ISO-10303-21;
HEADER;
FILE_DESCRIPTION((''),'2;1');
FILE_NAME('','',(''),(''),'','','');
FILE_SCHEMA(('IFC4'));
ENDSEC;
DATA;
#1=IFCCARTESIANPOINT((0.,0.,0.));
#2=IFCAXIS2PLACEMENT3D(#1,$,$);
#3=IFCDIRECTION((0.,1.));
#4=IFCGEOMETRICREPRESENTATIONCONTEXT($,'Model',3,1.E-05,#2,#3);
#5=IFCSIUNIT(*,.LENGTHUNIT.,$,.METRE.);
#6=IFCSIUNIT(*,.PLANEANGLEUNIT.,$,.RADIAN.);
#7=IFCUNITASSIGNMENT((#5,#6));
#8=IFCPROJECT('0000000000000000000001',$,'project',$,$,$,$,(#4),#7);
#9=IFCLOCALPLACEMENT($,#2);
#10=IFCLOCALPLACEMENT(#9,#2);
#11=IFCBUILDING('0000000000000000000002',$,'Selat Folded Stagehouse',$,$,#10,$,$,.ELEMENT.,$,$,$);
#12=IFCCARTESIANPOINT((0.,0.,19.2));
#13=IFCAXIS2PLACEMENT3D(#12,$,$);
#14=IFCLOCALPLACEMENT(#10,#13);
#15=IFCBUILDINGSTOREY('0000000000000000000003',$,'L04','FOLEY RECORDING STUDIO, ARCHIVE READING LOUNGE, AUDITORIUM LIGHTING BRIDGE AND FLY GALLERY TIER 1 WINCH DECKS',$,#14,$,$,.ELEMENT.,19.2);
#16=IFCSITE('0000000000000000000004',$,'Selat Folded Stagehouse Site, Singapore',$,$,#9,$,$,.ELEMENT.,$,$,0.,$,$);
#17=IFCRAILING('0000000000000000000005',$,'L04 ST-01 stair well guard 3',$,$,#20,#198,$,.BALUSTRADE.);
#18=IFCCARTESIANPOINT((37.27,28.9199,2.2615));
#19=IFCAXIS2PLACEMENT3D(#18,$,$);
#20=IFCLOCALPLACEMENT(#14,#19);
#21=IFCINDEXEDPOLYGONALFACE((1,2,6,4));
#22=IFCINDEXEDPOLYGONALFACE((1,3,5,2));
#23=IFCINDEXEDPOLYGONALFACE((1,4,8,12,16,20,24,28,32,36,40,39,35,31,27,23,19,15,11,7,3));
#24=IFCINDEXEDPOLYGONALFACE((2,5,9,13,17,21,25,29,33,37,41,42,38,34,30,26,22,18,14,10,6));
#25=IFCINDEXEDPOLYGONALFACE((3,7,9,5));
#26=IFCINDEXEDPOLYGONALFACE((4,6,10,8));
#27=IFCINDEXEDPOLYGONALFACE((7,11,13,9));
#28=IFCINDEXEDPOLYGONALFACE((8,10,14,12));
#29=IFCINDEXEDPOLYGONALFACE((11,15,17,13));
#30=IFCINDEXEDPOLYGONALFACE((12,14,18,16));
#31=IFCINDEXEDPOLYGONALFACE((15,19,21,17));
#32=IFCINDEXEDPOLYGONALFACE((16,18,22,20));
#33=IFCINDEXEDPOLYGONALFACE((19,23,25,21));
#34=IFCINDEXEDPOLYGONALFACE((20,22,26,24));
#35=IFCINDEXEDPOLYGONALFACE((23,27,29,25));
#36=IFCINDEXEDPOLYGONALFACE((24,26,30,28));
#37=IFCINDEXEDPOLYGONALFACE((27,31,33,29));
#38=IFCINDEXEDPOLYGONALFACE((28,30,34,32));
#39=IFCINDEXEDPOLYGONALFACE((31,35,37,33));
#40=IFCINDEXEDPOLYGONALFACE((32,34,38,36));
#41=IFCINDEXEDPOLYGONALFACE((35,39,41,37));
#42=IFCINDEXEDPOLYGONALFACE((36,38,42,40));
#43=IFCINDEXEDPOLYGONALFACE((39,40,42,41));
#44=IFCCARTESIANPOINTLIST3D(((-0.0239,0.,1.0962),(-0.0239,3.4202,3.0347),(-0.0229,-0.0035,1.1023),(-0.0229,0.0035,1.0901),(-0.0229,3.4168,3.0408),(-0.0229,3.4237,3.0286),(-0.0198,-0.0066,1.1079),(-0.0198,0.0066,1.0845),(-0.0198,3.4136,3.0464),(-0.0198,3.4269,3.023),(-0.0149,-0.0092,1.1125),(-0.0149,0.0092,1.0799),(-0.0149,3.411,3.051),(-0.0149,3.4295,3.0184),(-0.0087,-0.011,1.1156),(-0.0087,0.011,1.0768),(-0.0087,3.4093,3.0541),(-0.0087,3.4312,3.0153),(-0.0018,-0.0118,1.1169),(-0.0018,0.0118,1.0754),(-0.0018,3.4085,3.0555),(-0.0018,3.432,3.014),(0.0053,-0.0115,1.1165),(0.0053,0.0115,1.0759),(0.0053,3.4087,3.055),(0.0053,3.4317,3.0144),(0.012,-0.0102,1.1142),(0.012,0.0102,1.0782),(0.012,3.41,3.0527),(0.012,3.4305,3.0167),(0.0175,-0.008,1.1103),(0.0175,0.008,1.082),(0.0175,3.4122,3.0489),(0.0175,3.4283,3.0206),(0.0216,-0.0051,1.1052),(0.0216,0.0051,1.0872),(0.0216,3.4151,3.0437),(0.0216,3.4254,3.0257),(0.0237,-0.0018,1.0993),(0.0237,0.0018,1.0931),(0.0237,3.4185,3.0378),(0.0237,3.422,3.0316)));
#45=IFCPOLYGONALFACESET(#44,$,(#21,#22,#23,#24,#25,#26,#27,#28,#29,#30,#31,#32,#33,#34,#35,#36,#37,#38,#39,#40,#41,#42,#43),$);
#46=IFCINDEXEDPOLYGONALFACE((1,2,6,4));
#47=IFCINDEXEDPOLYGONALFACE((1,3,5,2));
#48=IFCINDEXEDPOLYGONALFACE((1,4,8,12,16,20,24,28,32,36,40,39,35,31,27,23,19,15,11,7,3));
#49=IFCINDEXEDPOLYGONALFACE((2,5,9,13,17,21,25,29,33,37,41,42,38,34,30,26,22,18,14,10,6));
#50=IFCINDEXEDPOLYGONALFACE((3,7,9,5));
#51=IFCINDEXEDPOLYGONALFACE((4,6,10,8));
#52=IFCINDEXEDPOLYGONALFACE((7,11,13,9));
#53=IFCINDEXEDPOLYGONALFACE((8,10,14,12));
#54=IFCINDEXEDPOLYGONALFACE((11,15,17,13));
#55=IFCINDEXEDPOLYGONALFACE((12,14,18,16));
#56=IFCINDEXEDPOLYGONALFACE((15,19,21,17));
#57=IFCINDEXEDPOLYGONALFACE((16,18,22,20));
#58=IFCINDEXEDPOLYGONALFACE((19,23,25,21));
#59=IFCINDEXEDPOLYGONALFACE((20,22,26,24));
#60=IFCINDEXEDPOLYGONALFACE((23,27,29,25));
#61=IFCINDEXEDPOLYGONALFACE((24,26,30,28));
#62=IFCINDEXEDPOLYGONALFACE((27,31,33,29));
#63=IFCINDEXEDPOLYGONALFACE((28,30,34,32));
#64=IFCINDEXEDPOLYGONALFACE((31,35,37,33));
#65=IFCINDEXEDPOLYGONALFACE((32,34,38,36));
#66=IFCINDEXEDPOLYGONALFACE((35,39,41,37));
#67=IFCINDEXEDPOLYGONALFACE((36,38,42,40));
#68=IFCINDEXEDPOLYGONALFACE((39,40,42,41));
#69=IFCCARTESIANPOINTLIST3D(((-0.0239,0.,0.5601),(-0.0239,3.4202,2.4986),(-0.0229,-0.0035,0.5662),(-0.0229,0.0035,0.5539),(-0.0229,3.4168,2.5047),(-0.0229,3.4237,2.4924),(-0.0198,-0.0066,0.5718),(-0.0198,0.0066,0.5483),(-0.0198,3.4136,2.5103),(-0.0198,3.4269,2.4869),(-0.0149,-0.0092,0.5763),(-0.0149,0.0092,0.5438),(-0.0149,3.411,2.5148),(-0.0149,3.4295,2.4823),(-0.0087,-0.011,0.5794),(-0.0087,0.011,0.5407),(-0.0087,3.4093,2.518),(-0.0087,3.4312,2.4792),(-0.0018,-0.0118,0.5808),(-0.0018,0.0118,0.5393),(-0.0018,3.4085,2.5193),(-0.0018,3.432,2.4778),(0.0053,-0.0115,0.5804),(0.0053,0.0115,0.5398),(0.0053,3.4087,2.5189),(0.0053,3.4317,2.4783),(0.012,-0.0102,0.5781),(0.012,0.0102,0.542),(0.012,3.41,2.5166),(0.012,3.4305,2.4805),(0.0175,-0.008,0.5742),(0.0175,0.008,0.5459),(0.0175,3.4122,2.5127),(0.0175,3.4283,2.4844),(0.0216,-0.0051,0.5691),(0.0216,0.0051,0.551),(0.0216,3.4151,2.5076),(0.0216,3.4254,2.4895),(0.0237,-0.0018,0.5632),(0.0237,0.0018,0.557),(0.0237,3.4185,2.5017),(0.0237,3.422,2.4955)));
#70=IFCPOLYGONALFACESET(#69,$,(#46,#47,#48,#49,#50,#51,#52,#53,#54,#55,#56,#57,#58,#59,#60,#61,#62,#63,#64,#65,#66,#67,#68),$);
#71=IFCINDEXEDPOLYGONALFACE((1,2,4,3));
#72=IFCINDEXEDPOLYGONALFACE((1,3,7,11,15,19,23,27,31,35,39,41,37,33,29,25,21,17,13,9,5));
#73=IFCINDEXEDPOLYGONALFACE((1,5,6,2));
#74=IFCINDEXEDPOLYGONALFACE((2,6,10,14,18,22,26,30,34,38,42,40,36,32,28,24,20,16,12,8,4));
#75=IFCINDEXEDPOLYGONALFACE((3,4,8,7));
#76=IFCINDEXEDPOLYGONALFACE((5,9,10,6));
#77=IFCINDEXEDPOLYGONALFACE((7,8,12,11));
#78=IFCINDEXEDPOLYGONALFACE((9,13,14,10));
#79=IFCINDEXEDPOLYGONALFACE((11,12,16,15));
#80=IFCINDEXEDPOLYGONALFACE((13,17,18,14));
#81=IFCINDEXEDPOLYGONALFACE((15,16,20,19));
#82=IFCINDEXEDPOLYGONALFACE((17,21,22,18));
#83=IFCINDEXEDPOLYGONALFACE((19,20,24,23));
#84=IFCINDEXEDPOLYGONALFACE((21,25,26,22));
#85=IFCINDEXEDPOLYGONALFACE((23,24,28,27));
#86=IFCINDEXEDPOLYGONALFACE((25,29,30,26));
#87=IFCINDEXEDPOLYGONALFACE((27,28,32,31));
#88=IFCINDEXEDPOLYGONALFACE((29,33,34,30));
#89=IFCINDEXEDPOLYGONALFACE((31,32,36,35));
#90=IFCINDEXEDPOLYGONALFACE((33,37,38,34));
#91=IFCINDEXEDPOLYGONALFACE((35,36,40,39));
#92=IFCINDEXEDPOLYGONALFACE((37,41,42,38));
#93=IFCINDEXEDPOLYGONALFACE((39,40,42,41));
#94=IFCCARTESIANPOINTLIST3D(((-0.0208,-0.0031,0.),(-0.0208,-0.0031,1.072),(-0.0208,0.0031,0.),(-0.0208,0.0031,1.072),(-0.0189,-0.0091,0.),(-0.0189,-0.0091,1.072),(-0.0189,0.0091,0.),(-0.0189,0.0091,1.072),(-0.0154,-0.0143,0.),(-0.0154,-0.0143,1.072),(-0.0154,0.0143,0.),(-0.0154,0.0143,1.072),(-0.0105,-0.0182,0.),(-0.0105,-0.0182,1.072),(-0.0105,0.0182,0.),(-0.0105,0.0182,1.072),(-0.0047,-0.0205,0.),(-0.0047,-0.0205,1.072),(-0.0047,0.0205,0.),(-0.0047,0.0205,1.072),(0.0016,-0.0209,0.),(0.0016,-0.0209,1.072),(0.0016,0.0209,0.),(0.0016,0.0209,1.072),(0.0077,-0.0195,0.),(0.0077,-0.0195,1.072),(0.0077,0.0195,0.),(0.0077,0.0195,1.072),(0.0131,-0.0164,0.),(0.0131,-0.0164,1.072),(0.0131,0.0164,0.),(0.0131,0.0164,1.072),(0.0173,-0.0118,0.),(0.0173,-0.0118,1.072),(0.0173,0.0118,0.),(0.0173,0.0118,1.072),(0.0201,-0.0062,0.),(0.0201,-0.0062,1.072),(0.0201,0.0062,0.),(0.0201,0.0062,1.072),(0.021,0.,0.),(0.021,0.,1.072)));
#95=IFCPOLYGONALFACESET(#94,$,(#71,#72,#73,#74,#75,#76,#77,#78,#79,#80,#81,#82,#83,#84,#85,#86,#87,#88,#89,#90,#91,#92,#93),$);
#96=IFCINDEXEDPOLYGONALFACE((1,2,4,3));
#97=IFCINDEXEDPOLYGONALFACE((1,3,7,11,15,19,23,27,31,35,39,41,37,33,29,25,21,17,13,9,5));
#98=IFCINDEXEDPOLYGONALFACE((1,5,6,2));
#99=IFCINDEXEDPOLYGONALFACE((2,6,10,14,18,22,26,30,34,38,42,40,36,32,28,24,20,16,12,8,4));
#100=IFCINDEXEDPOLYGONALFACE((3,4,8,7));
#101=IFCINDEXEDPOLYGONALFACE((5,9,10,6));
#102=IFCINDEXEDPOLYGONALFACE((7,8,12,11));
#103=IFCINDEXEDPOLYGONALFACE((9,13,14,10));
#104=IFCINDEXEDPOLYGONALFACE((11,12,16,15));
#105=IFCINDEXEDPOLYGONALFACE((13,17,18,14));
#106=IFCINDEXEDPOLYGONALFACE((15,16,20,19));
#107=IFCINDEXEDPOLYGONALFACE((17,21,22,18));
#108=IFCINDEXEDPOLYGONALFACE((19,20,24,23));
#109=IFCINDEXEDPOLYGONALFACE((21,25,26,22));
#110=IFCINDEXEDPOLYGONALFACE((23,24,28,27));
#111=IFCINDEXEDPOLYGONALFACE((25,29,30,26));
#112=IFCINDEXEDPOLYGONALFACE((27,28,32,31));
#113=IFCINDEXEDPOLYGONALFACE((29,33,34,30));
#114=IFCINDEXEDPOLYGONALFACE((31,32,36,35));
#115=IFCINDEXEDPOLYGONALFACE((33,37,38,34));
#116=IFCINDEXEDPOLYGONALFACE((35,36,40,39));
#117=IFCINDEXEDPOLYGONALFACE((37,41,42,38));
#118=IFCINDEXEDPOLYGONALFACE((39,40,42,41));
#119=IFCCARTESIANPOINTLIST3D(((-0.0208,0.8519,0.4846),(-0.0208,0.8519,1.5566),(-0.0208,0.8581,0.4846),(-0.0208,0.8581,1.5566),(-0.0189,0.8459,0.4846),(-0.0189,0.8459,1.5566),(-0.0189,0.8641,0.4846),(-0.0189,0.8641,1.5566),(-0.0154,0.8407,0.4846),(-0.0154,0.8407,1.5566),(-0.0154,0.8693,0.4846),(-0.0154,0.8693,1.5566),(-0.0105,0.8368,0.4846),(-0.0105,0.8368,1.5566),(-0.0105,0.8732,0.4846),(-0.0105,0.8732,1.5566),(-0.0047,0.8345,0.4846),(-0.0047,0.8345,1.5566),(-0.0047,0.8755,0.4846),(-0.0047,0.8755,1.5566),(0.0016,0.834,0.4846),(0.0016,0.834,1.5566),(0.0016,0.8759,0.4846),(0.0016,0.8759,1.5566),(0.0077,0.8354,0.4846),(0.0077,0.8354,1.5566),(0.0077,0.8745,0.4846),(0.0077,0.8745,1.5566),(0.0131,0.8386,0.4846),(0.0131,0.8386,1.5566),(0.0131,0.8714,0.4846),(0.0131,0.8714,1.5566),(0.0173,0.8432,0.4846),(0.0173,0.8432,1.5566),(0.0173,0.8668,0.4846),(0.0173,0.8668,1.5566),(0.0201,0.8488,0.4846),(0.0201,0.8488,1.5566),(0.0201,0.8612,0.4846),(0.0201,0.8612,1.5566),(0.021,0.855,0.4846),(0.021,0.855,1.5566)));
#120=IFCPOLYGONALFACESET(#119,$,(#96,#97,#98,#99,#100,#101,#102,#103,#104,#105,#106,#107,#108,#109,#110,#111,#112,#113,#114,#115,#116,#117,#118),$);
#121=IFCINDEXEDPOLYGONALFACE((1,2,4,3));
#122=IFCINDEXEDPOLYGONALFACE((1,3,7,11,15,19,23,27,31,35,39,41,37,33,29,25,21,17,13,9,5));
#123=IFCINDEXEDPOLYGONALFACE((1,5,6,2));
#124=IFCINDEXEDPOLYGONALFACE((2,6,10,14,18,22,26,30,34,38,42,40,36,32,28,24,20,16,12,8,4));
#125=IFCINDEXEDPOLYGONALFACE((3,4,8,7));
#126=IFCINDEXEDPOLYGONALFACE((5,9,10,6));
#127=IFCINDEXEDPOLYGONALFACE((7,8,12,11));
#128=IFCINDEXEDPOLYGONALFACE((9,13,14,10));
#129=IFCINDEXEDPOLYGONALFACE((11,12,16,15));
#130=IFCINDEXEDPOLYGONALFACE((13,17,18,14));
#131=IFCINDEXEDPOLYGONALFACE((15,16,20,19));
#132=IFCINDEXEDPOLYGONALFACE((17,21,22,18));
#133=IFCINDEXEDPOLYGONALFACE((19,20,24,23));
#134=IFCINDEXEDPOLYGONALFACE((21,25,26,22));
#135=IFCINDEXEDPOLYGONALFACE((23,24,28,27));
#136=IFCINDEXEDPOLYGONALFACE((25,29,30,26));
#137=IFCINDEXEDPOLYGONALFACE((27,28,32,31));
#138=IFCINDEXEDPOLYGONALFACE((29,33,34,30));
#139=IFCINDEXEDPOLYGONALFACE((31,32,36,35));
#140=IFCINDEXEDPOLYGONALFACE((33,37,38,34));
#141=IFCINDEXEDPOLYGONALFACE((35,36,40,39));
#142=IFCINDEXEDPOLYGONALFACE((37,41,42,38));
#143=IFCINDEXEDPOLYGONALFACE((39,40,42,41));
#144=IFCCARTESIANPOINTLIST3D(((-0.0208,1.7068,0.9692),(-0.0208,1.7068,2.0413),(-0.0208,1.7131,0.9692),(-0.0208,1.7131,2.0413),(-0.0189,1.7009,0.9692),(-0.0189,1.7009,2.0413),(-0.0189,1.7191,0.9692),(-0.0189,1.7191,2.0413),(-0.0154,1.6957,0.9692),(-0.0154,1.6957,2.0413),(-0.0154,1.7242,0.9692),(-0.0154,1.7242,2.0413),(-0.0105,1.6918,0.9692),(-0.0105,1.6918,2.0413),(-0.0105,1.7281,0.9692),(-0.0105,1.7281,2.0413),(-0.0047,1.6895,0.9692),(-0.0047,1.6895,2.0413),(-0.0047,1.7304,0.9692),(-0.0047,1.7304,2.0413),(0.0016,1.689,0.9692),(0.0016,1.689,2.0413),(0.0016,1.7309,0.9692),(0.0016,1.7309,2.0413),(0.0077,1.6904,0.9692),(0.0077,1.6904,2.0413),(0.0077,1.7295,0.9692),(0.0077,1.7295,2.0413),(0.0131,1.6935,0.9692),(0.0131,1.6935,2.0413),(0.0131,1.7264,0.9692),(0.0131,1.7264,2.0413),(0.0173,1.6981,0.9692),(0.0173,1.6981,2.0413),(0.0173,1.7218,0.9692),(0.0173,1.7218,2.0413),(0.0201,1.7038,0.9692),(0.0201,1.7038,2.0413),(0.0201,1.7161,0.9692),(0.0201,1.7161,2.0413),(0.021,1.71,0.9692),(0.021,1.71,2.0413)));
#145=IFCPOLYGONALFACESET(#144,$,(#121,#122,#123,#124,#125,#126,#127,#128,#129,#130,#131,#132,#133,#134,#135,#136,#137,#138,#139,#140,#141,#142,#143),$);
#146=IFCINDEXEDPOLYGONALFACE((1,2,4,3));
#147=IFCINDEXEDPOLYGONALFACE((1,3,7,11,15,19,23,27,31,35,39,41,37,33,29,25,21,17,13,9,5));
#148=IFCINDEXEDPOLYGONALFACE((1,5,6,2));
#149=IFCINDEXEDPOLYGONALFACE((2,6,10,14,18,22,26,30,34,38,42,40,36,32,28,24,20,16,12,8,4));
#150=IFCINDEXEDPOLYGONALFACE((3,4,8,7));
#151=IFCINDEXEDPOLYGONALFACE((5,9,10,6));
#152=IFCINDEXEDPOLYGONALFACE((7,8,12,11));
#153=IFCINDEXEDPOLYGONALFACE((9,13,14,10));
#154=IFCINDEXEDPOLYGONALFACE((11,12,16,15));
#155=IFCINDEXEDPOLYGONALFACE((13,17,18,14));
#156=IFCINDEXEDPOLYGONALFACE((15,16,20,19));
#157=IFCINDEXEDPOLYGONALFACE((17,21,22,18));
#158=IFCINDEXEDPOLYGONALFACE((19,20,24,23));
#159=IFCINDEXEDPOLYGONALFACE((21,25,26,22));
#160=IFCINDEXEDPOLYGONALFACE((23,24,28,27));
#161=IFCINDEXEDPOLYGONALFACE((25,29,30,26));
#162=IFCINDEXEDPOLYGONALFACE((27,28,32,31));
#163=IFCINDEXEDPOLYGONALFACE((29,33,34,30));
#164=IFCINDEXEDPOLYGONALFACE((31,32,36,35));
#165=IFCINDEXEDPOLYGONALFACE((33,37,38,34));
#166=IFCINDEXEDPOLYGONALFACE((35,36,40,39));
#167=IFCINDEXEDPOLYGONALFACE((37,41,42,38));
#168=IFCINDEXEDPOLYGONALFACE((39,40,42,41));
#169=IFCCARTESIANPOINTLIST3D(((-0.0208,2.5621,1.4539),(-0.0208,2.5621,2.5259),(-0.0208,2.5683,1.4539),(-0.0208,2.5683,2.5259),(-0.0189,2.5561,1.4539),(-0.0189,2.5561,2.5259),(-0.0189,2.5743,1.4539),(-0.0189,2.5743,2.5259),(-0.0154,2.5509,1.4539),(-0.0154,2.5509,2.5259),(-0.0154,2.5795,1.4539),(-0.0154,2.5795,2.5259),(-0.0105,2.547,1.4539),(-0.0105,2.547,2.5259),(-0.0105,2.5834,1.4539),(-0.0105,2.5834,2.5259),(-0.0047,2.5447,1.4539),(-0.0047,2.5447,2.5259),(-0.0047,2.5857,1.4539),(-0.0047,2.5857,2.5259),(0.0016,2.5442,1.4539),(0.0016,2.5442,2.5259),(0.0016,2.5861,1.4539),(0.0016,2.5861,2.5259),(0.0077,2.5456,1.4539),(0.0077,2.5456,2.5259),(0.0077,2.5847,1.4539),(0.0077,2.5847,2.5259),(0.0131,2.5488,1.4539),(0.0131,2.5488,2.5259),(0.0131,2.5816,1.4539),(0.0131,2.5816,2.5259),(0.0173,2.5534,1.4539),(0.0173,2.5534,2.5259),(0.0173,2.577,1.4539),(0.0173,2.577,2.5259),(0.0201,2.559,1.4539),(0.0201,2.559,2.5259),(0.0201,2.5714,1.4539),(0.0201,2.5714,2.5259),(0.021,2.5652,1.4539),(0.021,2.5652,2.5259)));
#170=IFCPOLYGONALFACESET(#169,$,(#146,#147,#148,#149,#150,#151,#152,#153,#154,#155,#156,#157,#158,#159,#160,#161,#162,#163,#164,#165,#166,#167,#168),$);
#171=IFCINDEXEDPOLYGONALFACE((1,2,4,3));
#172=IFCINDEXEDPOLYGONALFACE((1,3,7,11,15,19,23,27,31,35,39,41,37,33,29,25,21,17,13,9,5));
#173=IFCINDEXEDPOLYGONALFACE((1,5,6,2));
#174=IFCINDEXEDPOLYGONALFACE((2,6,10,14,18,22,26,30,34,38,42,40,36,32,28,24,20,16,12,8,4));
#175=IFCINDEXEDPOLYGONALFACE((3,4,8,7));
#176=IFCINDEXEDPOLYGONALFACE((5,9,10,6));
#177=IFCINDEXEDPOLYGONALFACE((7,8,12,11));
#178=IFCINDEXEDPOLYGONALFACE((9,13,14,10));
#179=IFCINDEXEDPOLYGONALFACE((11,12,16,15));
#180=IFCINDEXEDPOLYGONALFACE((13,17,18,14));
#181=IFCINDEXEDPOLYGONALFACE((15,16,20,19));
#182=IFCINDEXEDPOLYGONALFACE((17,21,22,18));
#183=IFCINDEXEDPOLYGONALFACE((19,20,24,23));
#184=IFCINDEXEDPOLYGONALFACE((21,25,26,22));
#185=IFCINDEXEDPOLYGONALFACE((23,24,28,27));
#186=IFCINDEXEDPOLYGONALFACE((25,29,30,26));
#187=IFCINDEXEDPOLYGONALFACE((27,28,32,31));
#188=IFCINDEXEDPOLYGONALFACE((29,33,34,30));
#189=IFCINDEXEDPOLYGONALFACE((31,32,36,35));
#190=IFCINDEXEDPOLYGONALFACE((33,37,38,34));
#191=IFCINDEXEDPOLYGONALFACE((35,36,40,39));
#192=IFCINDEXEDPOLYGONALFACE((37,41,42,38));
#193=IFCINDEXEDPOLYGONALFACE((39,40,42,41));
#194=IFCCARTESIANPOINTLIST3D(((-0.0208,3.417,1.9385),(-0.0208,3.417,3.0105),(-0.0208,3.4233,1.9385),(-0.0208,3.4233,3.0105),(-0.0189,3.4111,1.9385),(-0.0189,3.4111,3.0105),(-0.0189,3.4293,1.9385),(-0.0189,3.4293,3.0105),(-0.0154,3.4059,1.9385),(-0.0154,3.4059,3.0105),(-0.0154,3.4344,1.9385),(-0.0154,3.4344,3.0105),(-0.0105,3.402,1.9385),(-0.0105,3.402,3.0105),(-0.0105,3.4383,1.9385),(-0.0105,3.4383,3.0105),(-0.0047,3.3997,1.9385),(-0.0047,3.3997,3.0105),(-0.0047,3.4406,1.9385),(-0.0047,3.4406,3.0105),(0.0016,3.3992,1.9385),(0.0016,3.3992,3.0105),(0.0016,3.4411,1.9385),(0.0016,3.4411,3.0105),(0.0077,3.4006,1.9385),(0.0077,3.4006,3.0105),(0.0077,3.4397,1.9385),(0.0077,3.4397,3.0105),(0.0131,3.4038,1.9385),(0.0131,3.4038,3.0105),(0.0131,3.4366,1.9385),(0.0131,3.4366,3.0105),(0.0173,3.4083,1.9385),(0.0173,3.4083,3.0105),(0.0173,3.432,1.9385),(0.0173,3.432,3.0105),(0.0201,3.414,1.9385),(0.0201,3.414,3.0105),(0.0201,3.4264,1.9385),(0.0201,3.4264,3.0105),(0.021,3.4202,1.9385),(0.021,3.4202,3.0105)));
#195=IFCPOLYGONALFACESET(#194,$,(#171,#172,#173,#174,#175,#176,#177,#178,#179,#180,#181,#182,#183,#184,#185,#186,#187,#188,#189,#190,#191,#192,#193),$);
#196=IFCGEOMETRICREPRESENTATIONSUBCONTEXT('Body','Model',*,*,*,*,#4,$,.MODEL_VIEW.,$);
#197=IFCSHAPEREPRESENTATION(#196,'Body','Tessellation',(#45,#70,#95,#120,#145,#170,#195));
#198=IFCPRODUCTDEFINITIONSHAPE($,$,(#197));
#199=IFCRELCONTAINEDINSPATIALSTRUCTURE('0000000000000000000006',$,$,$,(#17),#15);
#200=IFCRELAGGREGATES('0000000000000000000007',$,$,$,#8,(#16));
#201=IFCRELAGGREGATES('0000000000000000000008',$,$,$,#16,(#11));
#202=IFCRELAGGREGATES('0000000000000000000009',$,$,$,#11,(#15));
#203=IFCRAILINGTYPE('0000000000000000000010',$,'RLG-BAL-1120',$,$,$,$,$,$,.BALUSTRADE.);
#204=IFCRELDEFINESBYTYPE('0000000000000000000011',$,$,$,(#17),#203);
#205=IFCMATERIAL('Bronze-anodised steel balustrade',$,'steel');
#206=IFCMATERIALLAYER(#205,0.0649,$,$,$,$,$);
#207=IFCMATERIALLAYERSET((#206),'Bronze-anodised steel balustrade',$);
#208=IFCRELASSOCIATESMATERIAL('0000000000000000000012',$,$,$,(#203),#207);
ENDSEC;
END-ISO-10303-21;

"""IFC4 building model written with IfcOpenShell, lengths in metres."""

from ifc_helpers import new_model, si_unit, direction, frame, origin, origin_2d, place, context, subcontext, project, spatial, circle, extrude, material, layer, layer_set, type_object, element, save


model = new_model("IFC4")

# Units and contexts
model_context = context("Model", 3, precision=1e-05, world=origin(), true_north=direction((0.0, 1.0)))
body_context = subcontext(model_context, "Body", "Model", "MODEL_VIEW")
ifc_project = project(units=[si_unit("LENGTHUNIT", "METRE"), si_unit("PLANEANGLEUNIT", "RADIAN")], contexts=[model_context])

# Site, building, storey
site_placement = place(None, origin())
site = spatial("IfcSite", under=ifc_project, at=site_placement, Name="Selat Folded Stagehouse Site, Singapore", CompositionType="ELEMENT", RefElevation=0.0)
building_placement = place(site_placement, origin())
building = spatial("IfcBuilding", under=site, at=building_placement, Name="Selat Folded Stagehouse", CompositionType="ELEMENT")
storey_placement = place(building_placement, frame((0.0, 0.0, 19.2)))
storey = spatial("IfcBuildingStorey", under=building, at=storey_placement, Name="L04", Description="FOLEY RECORDING STUDIO, ARCHIVE READING LOUNGE, AUDITORIUM LIGHTING BRIDGE AND FLY GALLERY TIER 1 WINCH DECKS", CompositionType="ELEMENT", Elevation=19.2)

# Railing
ifc_material_1 = material(Name="Bronze-anodised steel balustrade", Category="steel")
ifc_layer_1 = layer(ifc_material_1, 0.0649)
ifc_layer_set_1 = layer_set([ifc_layer_1], Name="Bronze-anodised steel balustrade")
railing_type_1 = type_object("IfcRailingType", Name="RLG-BAL-1120", PredefinedType="BALUSTRADE", material=ifc_layer_set_1)
railing_1_placement = place(storey_placement, frame((37.27, 28.9199, 2.2615)))
element("IfcRailing", 1, at=railing_1_placement, inside=storey, type_object=railing_type_1, Name="L04 ST-01 stair well guard 3", PredefinedType="BALUSTRADE", context=body_context, shape_type="SweptSolid", body=[
    extrude(circle(Radius=0.0239, at=origin_2d()), frame((0.0, 0.0, 1.0962), z_axis=(0.0, 0.86998, 0.493086), x_axis=(-1.0, 0.0, 0.0)), (0.0, 0.0, 1.0), 3.9314),
    extrude(circle(Radius=0.0239, at=origin_2d()), frame((0.0, 0.0, 0.5601), z_axis=(0.0, 0.86998, 0.493086), x_axis=(-1.0, 0.0, 0.0)), (0.0, 0.0, 1.0), 3.9314),
    extrude(circle(Radius=0.021, at=origin_2d()), origin(), (0.0, 0.0, 1.0), 1.072),
    extrude(circle(Radius=0.021, at=origin_2d()), frame((0.0, 0.855, 0.4846)), (0.0, 0.0, 1.0), 1.072),
    extrude(circle(Radius=0.021, at=origin_2d()), frame((0.0, 1.71, 0.9692)), (0.0, 0.0, 1.0), 1.072),
    extrude(circle(Radius=0.021, at=origin_2d()), frame((0.0, 2.5652, 1.4539)), (0.0, 0.0, 1.0), 1.072),
    extrude(circle(Radius=0.021, at=origin_2d()), frame((0.0, 3.4202, 1.9385)), (0.0, 0.0, 1.0), 1.072),
])

save(model, "model.ifc")
